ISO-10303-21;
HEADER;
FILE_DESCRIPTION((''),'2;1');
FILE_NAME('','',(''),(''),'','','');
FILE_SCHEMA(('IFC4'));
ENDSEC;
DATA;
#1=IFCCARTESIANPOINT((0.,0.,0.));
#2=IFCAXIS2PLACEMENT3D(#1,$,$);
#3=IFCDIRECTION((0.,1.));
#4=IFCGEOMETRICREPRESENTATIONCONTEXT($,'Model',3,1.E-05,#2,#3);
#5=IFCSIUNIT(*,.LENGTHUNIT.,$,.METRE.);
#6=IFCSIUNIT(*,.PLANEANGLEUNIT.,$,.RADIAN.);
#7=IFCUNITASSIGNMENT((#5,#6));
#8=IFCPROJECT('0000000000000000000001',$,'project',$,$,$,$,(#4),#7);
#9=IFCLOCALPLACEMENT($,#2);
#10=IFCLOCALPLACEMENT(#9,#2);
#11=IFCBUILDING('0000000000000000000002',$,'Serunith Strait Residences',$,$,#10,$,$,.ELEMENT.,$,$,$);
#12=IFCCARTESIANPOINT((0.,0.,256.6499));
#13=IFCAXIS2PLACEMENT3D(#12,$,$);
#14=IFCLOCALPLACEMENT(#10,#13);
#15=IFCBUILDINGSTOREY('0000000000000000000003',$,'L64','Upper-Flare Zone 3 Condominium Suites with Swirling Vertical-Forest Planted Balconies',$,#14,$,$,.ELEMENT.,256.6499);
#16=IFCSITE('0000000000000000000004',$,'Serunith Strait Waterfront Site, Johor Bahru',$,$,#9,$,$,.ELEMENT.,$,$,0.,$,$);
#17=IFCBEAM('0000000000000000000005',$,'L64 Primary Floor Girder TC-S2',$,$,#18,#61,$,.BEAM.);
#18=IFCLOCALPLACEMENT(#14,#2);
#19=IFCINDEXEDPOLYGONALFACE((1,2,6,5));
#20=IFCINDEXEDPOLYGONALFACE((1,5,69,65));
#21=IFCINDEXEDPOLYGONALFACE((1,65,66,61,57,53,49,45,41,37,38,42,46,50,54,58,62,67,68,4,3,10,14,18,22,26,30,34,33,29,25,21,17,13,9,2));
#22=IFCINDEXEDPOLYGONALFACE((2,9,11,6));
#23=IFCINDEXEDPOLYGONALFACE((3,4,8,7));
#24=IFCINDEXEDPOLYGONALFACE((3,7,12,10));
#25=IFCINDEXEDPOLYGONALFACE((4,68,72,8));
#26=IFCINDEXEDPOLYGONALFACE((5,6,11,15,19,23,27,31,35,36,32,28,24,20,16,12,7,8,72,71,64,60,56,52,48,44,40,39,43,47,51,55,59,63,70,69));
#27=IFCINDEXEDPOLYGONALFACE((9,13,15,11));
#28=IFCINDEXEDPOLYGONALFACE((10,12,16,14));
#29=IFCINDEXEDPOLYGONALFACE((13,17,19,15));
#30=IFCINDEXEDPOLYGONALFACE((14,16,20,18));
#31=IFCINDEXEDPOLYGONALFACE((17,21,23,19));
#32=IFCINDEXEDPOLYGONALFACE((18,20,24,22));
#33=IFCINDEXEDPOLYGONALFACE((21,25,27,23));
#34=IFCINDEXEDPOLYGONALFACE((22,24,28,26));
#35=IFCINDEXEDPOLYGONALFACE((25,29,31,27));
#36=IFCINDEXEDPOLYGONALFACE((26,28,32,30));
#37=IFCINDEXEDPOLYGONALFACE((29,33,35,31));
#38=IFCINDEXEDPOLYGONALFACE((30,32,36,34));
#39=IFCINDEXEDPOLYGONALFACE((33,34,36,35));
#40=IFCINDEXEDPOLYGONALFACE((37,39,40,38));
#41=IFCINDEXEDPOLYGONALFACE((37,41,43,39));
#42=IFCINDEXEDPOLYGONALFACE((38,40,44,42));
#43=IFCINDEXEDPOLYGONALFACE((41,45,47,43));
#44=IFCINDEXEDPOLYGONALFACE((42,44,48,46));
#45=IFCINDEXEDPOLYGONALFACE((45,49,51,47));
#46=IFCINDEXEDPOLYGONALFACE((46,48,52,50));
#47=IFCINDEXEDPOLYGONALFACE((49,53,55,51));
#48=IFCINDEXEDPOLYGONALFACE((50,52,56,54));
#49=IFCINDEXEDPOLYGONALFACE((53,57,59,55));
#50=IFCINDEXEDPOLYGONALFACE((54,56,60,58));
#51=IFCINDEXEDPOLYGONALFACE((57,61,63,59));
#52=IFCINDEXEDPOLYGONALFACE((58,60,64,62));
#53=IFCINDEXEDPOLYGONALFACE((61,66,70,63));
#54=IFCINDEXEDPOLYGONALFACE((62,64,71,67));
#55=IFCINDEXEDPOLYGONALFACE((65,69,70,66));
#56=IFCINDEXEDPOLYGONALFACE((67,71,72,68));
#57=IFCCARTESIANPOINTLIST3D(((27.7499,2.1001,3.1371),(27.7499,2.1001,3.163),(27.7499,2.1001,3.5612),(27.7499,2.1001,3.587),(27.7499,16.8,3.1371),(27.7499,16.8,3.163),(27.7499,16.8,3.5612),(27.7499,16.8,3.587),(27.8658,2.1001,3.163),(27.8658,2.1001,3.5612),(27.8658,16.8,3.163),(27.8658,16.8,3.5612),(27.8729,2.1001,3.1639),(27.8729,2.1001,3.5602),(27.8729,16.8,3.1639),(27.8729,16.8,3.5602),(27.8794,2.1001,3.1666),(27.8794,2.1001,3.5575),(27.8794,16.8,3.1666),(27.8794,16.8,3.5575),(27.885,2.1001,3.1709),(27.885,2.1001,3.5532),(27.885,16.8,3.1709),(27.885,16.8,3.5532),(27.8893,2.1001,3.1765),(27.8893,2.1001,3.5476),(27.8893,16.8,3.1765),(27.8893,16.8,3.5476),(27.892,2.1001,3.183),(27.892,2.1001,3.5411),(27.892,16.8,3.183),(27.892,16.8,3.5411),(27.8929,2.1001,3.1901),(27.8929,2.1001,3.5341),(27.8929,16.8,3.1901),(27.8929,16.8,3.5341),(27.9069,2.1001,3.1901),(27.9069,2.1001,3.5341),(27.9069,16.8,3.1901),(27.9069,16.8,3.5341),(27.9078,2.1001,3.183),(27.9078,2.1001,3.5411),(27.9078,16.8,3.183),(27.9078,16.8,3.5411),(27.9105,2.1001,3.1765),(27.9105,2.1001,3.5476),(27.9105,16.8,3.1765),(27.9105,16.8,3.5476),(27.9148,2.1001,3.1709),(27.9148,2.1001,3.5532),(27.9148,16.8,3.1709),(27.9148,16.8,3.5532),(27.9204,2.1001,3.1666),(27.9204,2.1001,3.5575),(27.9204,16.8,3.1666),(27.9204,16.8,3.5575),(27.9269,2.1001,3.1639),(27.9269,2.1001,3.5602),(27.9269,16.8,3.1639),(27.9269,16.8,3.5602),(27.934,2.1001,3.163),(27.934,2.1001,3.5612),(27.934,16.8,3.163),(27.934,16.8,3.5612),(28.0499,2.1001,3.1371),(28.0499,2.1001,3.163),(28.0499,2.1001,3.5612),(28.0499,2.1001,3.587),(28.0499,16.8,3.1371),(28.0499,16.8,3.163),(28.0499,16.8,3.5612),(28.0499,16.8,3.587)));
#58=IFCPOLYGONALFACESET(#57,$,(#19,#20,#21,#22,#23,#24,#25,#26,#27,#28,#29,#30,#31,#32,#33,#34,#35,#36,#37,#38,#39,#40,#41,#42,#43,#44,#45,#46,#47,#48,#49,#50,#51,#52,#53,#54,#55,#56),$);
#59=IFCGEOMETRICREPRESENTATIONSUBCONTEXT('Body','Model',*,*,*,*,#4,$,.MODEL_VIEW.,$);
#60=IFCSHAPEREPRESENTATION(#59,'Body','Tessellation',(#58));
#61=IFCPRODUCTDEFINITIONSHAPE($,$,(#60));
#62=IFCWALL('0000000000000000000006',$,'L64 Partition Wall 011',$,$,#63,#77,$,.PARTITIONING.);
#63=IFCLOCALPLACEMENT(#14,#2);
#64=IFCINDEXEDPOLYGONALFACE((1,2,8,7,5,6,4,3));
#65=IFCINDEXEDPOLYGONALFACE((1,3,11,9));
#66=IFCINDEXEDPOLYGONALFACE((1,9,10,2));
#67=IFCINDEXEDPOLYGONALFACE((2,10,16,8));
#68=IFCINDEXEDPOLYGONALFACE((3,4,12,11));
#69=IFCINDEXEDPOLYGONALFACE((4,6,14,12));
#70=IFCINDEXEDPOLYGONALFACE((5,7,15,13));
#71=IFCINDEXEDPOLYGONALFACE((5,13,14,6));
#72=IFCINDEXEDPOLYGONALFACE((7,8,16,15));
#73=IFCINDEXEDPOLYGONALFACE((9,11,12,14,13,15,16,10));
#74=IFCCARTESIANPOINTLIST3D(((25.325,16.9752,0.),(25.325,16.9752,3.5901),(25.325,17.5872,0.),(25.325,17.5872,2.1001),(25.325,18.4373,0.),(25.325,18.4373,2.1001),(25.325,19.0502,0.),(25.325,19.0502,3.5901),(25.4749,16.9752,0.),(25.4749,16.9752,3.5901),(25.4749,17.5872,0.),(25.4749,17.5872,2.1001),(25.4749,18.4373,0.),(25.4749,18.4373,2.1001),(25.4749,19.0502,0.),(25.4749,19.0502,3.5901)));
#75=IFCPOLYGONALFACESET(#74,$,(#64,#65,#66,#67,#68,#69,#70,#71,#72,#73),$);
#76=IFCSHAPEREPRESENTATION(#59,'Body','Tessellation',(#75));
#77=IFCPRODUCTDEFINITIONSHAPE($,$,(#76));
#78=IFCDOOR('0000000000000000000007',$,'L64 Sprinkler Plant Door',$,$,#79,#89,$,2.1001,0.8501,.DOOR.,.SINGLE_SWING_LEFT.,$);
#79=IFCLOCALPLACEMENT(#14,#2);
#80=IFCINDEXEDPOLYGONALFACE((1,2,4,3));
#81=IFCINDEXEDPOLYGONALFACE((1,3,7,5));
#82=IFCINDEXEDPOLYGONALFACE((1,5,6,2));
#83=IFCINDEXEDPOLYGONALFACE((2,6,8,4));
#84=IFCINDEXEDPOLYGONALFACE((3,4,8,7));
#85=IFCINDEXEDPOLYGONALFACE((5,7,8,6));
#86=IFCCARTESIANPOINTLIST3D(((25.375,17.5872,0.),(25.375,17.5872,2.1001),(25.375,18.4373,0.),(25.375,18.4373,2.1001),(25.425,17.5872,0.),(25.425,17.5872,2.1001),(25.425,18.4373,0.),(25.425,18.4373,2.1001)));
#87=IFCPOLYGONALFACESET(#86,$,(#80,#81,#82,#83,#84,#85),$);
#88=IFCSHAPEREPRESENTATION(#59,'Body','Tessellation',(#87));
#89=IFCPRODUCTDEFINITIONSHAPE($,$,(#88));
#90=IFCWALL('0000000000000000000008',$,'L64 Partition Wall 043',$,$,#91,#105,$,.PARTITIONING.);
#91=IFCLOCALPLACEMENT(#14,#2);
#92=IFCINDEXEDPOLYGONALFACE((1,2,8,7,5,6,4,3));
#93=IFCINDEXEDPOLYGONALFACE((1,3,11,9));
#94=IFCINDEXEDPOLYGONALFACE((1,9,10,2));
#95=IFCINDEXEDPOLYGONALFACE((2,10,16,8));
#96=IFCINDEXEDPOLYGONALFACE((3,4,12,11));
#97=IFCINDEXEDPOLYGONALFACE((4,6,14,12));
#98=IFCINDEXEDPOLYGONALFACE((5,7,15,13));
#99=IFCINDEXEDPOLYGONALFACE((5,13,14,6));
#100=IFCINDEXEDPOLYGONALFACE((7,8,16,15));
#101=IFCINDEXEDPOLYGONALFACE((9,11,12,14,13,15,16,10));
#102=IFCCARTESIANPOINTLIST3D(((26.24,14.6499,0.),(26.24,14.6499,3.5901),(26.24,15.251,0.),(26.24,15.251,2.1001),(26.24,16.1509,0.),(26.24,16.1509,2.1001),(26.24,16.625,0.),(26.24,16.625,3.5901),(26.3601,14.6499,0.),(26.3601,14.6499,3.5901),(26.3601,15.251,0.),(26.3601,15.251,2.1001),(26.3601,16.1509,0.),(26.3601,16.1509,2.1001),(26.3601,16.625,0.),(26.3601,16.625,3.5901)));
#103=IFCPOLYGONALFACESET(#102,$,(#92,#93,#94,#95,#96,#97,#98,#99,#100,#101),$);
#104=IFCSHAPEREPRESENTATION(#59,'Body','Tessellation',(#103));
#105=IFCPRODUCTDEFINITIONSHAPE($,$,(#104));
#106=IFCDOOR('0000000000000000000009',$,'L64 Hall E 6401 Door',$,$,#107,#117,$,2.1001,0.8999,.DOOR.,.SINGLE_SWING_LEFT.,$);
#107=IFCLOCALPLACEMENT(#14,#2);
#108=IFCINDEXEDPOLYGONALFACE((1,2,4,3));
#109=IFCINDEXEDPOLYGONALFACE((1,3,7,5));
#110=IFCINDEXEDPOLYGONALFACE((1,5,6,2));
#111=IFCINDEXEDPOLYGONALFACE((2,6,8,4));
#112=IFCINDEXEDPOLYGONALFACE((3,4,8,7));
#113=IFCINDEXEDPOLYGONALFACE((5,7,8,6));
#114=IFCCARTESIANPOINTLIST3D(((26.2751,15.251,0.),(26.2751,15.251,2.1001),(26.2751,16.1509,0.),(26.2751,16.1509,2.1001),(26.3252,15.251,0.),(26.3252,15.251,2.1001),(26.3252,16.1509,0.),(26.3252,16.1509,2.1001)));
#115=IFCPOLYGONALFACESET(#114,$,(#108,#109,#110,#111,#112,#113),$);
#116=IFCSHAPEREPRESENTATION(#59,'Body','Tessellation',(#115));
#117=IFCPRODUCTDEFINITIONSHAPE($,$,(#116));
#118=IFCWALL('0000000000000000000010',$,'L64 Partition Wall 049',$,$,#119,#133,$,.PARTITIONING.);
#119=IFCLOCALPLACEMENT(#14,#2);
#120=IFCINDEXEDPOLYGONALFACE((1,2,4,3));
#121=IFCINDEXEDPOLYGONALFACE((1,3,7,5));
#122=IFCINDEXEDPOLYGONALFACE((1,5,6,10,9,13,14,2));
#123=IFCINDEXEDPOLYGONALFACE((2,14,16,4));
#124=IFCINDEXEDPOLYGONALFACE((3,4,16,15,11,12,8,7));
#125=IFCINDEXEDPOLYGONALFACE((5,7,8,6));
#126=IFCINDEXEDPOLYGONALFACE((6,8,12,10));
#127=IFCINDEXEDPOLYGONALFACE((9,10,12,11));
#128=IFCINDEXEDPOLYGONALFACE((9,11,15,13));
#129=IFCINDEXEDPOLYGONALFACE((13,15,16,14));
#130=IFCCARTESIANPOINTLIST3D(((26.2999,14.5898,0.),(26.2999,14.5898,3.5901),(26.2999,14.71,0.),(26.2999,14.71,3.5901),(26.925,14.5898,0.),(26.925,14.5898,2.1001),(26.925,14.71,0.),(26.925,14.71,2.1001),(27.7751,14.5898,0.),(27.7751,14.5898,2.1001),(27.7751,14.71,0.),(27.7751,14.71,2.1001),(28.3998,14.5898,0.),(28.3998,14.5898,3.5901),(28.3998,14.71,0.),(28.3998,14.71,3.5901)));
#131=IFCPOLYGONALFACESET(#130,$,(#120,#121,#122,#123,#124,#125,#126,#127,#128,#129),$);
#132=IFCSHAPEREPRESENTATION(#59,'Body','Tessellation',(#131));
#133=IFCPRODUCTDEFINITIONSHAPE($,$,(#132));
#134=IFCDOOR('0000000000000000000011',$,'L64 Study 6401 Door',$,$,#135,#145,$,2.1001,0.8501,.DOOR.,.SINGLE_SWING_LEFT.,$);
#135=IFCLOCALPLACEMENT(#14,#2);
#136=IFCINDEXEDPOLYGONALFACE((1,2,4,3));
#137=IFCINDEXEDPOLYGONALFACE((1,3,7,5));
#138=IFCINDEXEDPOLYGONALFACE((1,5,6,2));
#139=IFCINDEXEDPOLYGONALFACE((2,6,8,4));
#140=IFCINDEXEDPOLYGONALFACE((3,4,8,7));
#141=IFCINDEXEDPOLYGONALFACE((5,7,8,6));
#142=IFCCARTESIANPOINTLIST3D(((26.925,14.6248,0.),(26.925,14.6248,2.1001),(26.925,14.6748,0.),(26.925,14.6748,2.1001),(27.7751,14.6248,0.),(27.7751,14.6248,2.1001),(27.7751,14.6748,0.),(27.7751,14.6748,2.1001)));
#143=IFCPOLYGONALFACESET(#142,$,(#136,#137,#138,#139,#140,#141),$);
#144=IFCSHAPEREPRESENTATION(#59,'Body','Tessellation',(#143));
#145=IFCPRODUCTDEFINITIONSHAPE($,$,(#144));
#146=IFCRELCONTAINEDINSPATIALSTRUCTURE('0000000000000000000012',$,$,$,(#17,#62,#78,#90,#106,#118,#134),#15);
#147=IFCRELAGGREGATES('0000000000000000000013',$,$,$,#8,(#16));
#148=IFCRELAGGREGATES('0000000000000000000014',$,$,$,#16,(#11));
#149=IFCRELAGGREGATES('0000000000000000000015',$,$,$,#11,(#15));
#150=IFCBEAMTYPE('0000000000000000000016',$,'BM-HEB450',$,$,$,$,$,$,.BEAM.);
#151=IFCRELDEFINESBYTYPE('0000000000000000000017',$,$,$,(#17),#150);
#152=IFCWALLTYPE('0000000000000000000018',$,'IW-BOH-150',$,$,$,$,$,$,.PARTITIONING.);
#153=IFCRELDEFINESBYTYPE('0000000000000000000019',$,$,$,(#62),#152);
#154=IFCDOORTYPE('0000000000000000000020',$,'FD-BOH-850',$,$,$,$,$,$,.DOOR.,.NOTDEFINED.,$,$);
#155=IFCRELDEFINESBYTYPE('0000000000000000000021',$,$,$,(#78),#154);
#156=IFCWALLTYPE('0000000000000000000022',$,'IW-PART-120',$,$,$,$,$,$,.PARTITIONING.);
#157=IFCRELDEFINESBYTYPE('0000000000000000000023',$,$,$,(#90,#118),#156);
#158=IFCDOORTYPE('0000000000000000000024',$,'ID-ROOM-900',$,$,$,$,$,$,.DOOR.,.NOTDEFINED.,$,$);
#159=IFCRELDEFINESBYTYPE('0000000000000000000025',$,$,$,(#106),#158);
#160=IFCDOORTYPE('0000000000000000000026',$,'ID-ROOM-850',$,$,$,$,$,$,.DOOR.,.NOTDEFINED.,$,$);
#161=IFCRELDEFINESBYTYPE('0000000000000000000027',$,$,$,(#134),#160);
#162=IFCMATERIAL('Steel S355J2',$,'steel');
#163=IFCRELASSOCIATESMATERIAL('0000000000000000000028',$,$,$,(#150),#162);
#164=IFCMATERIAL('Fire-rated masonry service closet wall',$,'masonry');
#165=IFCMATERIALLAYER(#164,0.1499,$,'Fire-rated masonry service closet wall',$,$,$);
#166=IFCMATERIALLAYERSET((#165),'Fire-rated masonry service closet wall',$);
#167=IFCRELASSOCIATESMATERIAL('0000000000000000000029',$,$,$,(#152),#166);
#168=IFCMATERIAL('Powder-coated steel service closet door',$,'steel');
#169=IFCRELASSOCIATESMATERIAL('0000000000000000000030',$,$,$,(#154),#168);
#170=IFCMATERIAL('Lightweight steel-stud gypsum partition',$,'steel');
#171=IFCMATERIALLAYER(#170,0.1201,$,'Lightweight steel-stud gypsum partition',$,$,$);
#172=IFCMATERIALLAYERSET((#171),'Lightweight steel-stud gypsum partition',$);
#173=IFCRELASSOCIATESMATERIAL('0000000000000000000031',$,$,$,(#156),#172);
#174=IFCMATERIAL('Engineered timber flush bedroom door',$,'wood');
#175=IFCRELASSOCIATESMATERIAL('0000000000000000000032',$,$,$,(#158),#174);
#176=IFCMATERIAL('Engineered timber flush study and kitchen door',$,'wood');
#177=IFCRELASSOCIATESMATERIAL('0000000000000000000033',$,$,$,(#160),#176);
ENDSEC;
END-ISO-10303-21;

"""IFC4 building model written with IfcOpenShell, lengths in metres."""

from ifc_helpers import new_model, si_unit, direction, frame, frame_2d, origin, origin_2d, place, context, subcontext, project, spatial, rectangle, i_section, extrude, source, transform, mapped, material, layer, layer_set, material_profile, profile_set, type_object, element, fill, save


model = new_model("IFC4")

# Units and contexts
model_context = context("Model", 3, precision=1e-05, world=origin(), true_north=direction((0.0, 1.0)))
body_context = subcontext(model_context, "Body", "Model", "MODEL_VIEW")
ifc_project = project(units=[si_unit("LENGTHUNIT", "METRE"), si_unit("PLANEANGLEUNIT", "RADIAN")], contexts=[model_context])

# Site, building, storey
site_placement = place(None, origin())
site = spatial("IfcSite", under=ifc_project, at=site_placement, Name="Serunith Strait Waterfront Site, Johor Bahru", CompositionType="ELEMENT", RefElevation=0.0)
building_placement = place(site_placement, origin())
building = spatial("IfcBuilding", under=site, at=building_placement, Name="Serunith Strait Residences", CompositionType="ELEMENT")
storey_placement = place(building_placement, frame((0.0, 0.0, 256.6499)))
storey = spatial("IfcBuildingStorey", under=building, at=storey_placement, Name="L64", Description="Upper-Flare Zone 3 Condominium Suites with Swirling Vertical-Forest Planted Balconies", CompositionType="ELEMENT", Elevation=256.6499)

# Beam
ifc_material_1 = material(Name="Steel S355J2", Category="steel")
ifc_material_profile = material_profile(ifc_material_1, i_section(OverallWidth=0.3, OverallDepth=0.45, WebThickness=0.0139, FlangeThickness=0.0259, FilletRadius=0.0271, at=origin_2d()), Name="HEB 450")
ifc_profile_set = profile_set([ifc_material_profile], Name="Steel S355J2")
beam_type = type_object("IfcBeamType", Name="BM-HEB450", PredefinedType="BEAM", material=ifc_profile_set)
shared_shape_1 = source(origin(), body_context, "Body", "SweptSolid", [
    extrude(i_section(OverallWidth=0.3, OverallDepth=0.45, WebThickness=0.0139, FlangeThickness=0.0259, FilletRadius=0.0271, at=origin_2d()), origin(), (0.0, 0.0, 1.0), 14.7),
])
beam_placement = place(storey_placement, frame((27.8999, 16.8, 3.3621), z_axis=(0.0, -1.0, 0.0), x_axis=(1.0, 0.0, 0.0)))
element("IfcBeam", 1, at=beam_placement, inside=storey, type_object=beam_type, Name="L64 Primary Floor Girder TC-S2", PredefinedType="BEAM", context=body_context, shape_type="MappedRepresentation", body=[
    mapped(shared_shape_1, transform((0.0, 0.0, 0.0), scale=1.0)),
])

# Walls, openings, doors
ifc_material_2 = material(Name="Fire-rated masonry service closet wall", Category="masonry")
ifc_layer_1 = layer(ifc_material_2, 0.1499, Name="Fire-rated masonry service closet wall")
ifc_layer_set_1 = layer_set([ifc_layer_1], Name="Fire-rated masonry service closet wall")
wall_type_1 = type_object("IfcWallType", Name="IW-BOH-150", PredefinedType="PARTITIONING", material=ifc_layer_set_1)
wall_1_placement = place(storey_placement, frame((25.3999, 16.9751, 0.0), z_axis=(0.0, 0.0, 1.0), x_axis=(0.0, 1.0, 0.0)))
wall_1 = element("IfcWall", 2, at=wall_1_placement, inside=storey, type_object=wall_type_1, Name="L64 Partition Wall 011", PredefinedType="PARTITIONING", context=body_context, shape_type="SweptSolid", body=[
    extrude(rectangle(XDim=2.075, YDim=0.1499, at=frame_2d((1.0376, 0.0))), origin(), (0.0, 0.0, 1.0), 3.5901),
])
opening_1_placement = place(wall_1_placement, frame((0.6121, 0.0, 0.0)))
opening_1 = element("IfcOpeningElement", 3, at=opening_1_placement, cuts=wall_1, PredefinedType="OPENING", context=body_context, shape_type="SweptSolid", body=[
    extrude(rectangle(XDim=0.8501, YDim=2.1001, at=frame_2d((0.425, 1.05))), frame((0.0, 0.085, 0.0), z_axis=(0.0, -1.0, 0.0), x_axis=(1.0, 0.0, 0.0)), (0.0, 0.0, 1.0), 0.1699),
])
ifc_material_3 = material(Name="Powder-coated steel service closet door", Category="steel")
door_type_1 = type_object("IfcDoorType", Name="FD-BOH-850", OperationType="NOTDEFINED", PredefinedType="DOOR", material=ifc_material_3)
shared_shape_2 = source(origin(), body_context, "Body", "SweptSolid", [
    extrude(rectangle(XDim=0.8501, YDim=2.1001, at=frame_2d((0.425, 1.05))), frame((0.0, 0.0249, 0.0), z_axis=(0.0, -1.0, 0.0), x_axis=(1.0, 0.0, 0.0)), (0.0, 0.0, 1.0), 0.05),
])
door_1_placement = place(opening_1_placement, origin())
door_1 = element("IfcDoor", 4, at=door_1_placement, inside=storey, type_object=door_type_1, Name="L64 Sprinkler Plant Door", OperationType="SINGLE_SWING_LEFT", OverallHeight=2.1001, OverallWidth=0.8501, PredefinedType="DOOR", context=body_context, shape_type="MappedRepresentation", body=[
    mapped(shared_shape_2, transform((0.0, 0.0, 0.0), scale=1.0)),
])
fill(opening_1, door_1)
ifc_material_4 = material(Name="Lightweight steel-stud gypsum partition", Category="steel")
ifc_layer_2 = layer(ifc_material_4, 0.1201, Name="Lightweight steel-stud gypsum partition")
ifc_layer_set_2 = layer_set([ifc_layer_2], Name="Lightweight steel-stud gypsum partition")
wall_type_2 = type_object("IfcWallType", Name="IW-PART-120", PredefinedType="PARTITIONING", material=ifc_layer_set_2)
wall_2_placement = place(storey_placement, frame((26.3, 14.6499, 0.0), z_axis=(0.0, 0.0, 1.0), x_axis=(0.0, 1.0, 0.0)))
wall_2 = element("IfcWall", 5, at=wall_2_placement, inside=storey, type_object=wall_type_2, Name="L64 Partition Wall 043", PredefinedType="PARTITIONING", context=body_context, shape_type="SweptSolid", body=[
    extrude(rectangle(XDim=1.9751, YDim=0.1201, at=frame_2d((0.9875, 0.0))), origin(), (0.0, 0.0, 1.0), 3.5901),
])
opening_2_placement = place(wall_2_placement, frame((0.6011, 0.0, 0.0)))
opening_2 = element("IfcOpeningElement", 6, at=opening_2_placement, cuts=wall_2, PredefinedType="OPENING", context=body_context, shape_type="SweptSolid", body=[
    extrude(rectangle(XDim=0.8999, YDim=2.1001, at=frame_2d((0.45, 1.05))), frame((0.0, 0.0701, 0.0), z_axis=(0.0, -1.0, 0.0), x_axis=(1.0, 0.0, 0.0)), (0.0, 0.0, 1.0), 0.1401),
])
ifc_material_5 = material(Name="Engineered timber flush bedroom door", Category="wood")
door_type_2 = type_object("IfcDoorType", Name="ID-ROOM-900", OperationType="NOTDEFINED", PredefinedType="DOOR", material=ifc_material_5)
shared_shape_3 = source(origin(), body_context, "Body", "SweptSolid", [
    extrude(rectangle(XDim=0.8999, YDim=2.1001, at=frame_2d((0.45, 1.05))), frame((0.0, 0.0249, 0.0), z_axis=(0.0, -1.0, 0.0), x_axis=(1.0, 0.0, 0.0)), (0.0, 0.0, 1.0), 0.05),
])
door_2_placement = place(opening_2_placement, origin())
door_2 = element("IfcDoor", 7, at=door_2_placement, inside=storey, type_object=door_type_2, Name="L64 Hall E 6401 Door", OperationType="SINGLE_SWING_LEFT", OverallHeight=2.1001, OverallWidth=0.8999, PredefinedType="DOOR", context=body_context, shape_type="MappedRepresentation", body=[
    mapped(shared_shape_3, transform((0.0, 0.0, 0.0), scale=1.0)),
])
fill(opening_2, door_2)
wall_3_placement = place(storey_placement, frame((26.3, 14.6499, 0.0), z_axis=(0.0, 0.0, 1.0), x_axis=(1.0, 0.0, 0.0)))
wall_3 = element("IfcWall", 8, at=wall_3_placement, inside=storey, type_object=wall_type_2, Name="L64 Partition Wall 049", PredefinedType="PARTITIONING", context=body_context, shape_type="SweptSolid", body=[
    extrude(rectangle(XDim=2.0999, YDim=0.1201, at=frame_2d((1.0498, 0.0))), origin(), (0.0, 0.0, 1.0), 3.5901),
])
opening_3_placement = place(wall_3_placement, frame((0.625, 0.0, 0.0)))
opening_3 = element("IfcOpeningElement", 9, at=opening_3_placement, cuts=wall_3, PredefinedType="OPENING", context=body_context, shape_type="SweptSolid", body=[
    extrude(rectangle(XDim=0.8501, YDim=2.1001, at=frame_2d((0.425, 1.05))), frame((0.0, 0.0701, 0.0), z_axis=(0.0, -1.0, 0.0), x_axis=(1.0, 0.0, 0.0)), (0.0, 0.0, 1.0), 0.1401),
])
ifc_material_6 = material(Name="Engineered timber flush study and kitchen door", Category="wood")
door_type_3 = type_object("IfcDoorType", Name="ID-ROOM-850", OperationType="NOTDEFINED", PredefinedType="DOOR", material=ifc_material_6)
door_3_placement = place(opening_3_placement, origin())
door_3 = element("IfcDoor", 10, at=door_3_placement, inside=storey, type_object=door_type_3, Name="L64 Study 6401 Door", OperationType="SINGLE_SWING_LEFT", OverallHeight=2.1001, OverallWidth=0.8501, PredefinedType="DOOR", context=body_context, shape_type="MappedRepresentation", body=[
    mapped(shared_shape_2, transform((0.0, 0.0, 0.0), scale=1.0)),
])
fill(opening_3, door_3)

save(model, "model.ifc")
